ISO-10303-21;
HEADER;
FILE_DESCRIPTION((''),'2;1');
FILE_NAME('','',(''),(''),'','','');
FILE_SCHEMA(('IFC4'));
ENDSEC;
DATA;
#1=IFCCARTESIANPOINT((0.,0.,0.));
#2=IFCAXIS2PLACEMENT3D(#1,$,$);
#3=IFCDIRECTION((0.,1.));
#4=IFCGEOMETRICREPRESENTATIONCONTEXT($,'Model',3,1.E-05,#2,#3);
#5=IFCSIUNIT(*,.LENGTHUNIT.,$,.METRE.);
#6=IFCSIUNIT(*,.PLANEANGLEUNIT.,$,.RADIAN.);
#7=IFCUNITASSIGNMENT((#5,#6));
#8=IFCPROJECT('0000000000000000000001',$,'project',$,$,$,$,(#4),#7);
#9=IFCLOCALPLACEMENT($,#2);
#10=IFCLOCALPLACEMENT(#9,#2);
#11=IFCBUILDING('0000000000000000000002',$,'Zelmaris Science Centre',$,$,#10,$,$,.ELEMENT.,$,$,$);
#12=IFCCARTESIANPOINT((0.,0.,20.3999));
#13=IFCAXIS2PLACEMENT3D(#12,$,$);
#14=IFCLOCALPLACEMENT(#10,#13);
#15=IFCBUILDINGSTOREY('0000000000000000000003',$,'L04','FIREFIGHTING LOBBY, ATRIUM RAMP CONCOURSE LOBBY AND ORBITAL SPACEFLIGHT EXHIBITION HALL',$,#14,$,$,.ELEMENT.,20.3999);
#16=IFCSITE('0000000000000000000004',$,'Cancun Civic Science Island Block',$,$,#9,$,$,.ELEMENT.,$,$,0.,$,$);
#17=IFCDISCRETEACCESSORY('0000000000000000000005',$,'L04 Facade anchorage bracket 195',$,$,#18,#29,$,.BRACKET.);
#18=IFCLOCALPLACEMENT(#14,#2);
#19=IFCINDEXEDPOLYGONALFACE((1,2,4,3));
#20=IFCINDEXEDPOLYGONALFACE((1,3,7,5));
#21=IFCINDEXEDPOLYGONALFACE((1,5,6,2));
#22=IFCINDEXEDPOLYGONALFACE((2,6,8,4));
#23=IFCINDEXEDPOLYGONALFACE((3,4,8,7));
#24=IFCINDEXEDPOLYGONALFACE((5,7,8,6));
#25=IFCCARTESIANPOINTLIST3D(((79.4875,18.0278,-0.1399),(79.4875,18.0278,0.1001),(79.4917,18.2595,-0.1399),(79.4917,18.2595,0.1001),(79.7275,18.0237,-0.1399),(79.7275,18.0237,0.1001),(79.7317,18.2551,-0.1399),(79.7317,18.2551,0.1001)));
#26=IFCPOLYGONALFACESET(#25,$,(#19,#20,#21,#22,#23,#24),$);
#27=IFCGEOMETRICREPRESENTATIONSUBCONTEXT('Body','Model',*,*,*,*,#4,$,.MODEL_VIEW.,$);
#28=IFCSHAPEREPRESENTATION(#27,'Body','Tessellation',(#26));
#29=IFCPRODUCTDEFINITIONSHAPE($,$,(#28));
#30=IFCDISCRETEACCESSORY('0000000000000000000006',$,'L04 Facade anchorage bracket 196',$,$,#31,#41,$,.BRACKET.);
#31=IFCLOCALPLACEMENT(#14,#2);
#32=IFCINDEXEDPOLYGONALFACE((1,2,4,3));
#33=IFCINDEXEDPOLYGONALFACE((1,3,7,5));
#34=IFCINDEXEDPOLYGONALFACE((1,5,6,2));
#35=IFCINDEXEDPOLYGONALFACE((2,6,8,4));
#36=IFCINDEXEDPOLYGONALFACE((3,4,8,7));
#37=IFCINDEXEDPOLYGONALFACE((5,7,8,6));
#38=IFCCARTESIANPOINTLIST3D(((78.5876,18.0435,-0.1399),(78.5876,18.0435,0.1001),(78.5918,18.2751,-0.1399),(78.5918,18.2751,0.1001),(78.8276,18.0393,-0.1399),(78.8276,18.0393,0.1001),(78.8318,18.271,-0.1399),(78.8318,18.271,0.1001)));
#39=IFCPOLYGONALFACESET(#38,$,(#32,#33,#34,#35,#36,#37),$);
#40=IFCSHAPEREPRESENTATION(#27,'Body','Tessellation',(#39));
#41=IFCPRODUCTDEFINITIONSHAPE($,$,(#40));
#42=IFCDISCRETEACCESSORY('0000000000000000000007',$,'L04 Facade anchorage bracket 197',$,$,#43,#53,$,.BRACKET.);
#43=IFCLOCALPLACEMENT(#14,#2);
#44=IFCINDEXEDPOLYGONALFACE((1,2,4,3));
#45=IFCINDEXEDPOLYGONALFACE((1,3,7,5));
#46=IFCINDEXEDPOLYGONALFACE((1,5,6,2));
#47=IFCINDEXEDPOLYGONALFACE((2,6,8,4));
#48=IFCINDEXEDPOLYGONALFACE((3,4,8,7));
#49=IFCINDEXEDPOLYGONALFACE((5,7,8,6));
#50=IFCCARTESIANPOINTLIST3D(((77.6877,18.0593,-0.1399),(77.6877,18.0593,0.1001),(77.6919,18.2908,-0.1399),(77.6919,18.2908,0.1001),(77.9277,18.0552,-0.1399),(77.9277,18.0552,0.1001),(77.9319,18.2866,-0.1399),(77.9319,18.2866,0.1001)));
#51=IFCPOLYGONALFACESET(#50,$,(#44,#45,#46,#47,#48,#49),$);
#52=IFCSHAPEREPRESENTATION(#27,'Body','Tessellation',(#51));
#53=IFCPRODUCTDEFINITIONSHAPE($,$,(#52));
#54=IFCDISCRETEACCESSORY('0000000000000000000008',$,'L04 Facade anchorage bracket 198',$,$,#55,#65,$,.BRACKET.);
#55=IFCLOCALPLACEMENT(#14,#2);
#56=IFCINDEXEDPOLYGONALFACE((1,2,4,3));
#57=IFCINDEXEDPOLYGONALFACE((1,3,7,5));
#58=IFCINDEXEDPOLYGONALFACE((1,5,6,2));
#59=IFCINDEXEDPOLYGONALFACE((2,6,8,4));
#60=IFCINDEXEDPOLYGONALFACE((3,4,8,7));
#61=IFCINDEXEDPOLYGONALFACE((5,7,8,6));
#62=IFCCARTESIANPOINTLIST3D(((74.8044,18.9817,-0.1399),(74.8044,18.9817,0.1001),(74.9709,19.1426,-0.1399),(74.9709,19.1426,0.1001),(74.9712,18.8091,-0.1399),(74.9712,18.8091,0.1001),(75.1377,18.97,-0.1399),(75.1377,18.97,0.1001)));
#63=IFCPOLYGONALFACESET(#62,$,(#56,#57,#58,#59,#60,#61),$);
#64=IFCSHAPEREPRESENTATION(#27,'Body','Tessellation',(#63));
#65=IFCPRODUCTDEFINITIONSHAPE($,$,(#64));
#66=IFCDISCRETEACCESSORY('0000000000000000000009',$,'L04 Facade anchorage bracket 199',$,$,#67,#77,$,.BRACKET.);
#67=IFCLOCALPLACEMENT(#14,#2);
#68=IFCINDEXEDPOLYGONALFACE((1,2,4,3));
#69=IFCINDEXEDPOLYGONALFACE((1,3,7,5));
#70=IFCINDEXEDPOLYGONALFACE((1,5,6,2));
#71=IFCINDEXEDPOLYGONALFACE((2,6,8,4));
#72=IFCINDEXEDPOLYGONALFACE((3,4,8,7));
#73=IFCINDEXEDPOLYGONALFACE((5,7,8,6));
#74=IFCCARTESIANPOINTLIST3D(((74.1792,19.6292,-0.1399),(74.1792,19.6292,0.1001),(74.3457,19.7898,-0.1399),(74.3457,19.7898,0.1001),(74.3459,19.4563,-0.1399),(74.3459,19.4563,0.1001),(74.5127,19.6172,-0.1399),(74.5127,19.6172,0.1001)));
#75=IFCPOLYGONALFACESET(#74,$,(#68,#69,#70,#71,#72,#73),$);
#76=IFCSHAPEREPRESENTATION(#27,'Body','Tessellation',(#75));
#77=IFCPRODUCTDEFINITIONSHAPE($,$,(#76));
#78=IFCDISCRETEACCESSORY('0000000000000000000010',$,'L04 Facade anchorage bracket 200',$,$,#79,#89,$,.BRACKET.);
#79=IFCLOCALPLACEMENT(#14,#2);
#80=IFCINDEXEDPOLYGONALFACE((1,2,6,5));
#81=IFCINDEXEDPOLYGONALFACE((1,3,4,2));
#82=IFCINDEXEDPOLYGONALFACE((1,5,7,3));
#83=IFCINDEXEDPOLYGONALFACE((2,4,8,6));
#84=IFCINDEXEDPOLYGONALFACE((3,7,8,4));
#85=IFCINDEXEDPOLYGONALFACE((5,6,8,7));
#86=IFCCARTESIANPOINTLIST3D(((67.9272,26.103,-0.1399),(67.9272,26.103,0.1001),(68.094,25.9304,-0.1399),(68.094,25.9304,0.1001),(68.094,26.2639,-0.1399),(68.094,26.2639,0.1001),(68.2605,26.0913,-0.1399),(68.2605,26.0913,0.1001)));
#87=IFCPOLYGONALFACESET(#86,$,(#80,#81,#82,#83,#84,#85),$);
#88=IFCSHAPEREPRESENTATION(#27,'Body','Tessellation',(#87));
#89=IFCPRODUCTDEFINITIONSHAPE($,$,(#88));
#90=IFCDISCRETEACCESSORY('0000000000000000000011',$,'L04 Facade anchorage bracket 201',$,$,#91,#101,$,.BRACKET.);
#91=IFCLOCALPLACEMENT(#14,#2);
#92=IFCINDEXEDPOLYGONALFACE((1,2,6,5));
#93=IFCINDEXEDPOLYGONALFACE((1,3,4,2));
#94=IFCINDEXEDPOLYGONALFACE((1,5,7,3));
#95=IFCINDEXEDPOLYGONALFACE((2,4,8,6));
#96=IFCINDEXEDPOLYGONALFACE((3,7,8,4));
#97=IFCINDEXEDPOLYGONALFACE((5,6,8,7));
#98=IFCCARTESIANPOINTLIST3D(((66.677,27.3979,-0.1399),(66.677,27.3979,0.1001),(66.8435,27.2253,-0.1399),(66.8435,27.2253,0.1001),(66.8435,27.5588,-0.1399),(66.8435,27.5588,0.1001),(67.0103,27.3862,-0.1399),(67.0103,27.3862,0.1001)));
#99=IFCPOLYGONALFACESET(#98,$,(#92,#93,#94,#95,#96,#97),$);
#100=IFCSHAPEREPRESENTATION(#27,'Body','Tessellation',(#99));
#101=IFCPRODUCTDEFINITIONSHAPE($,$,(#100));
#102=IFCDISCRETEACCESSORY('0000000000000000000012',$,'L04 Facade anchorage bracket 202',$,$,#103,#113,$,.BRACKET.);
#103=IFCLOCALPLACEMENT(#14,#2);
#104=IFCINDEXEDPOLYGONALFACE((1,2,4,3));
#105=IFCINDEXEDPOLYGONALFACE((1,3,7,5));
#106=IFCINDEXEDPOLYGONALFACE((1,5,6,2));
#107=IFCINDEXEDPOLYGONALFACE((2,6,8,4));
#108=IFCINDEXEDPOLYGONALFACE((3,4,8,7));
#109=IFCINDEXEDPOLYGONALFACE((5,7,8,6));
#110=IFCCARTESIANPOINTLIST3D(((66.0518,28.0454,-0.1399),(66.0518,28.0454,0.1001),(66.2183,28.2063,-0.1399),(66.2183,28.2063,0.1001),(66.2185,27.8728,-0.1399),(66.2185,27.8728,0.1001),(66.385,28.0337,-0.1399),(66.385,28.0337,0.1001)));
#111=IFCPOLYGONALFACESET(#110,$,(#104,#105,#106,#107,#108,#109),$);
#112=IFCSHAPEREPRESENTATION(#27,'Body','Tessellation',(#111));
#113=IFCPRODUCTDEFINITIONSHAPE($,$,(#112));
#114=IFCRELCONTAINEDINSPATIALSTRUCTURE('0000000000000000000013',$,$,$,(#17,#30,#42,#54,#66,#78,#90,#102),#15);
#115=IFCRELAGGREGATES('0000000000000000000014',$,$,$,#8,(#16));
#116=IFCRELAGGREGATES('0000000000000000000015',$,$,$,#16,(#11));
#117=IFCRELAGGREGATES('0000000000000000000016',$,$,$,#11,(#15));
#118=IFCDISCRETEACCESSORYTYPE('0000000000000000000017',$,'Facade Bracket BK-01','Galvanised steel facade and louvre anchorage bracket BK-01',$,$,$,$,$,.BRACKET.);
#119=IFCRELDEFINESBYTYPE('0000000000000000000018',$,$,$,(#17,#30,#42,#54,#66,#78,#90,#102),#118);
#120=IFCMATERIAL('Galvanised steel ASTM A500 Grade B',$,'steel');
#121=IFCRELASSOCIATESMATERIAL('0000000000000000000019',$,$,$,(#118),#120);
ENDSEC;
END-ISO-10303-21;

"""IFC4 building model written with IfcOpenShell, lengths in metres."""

from ifc_helpers import new_model, si_unit, direction, frame, origin, place, context, subcontext, project, spatial, polyline, outline, extrude, material, type_object, element, save


model = new_model("IFC4")

# Units and contexts
model_context = context("Model", 3, precision=1e-05, world=origin(), true_north=direction((0.0, 1.0)))
body_context = subcontext(model_context, "Body", "Model", "MODEL_VIEW")
ifc_project = project(units=[si_unit("LENGTHUNIT", "METRE"), si_unit("PLANEANGLEUNIT", "RADIAN")], contexts=[model_context])

# Site, building, storey
site_placement = place(None, origin())
site = spatial("IfcSite", under=ifc_project, at=site_placement, Name="Cancun Civic Science Island Block", CompositionType="ELEMENT", RefElevation=0.0)
building_placement = place(site_placement, origin())
building = spatial("IfcBuilding", under=site, at=building_placement, Name="Zelmaris Science Centre", CompositionType="ELEMENT")
storey_placement = place(building_placement, frame((0.0, 0.0, 20.3999)))
storey = spatial("IfcBuildingStorey", under=building, at=storey_placement, Name="L04", Description="FIREFIGHTING LOBBY, ATRIUM RAMP CONCOURSE LOBBY AND ORBITAL SPACEFLIGHT EXHIBITION HALL", CompositionType="ELEMENT", Elevation=20.3999)

# Discrete accessories
ifc_material = material(Name="Galvanised steel ASTM A500 Grade B", Category="steel")
discrete_accessory_type = type_object("IfcDiscreteAccessoryType", Name="Facade Bracket BK-01", Description="Galvanised steel facade and louvre anchorage bracket BK-01", PredefinedType="BRACKET", material=ifc_material)
discrete_accessory_1_placement = place(storey_placement, frame((0.0, 0.0, -0.1399)))
element("IfcDiscreteAccessory", 1, at=discrete_accessory_1_placement, inside=storey, type_object=discrete_accessory_type, Name="L04 Facade anchorage bracket 195", PredefinedType="BRACKET", context=body_context, shape_type="SweptSolid", body=[
    extrude(outline(polyline([(79.7317, 18.2551), (79.4917, 18.2595), (79.4875, 18.0278), (79.7275, 18.0237), (79.7317, 18.2551)])), origin(), (0.0, 0.0, 1.0), 0.24),
])
discrete_accessory_2_placement = place(storey_placement, frame((0.0, 0.0, -0.1399)))
element("IfcDiscreteAccessory", 2, at=discrete_accessory_2_placement, inside=storey, type_object=discrete_accessory_type, Name="L04 Facade anchorage bracket 196", PredefinedType="BRACKET", context=body_context, shape_type="SweptSolid", body=[
    extrude(outline(polyline([(78.8318, 18.271), (78.5918, 18.2751), (78.5876, 18.0435), (78.8276, 18.0393), (78.8318, 18.271)])), origin(), (0.0, 0.0, 1.0), 0.24),
])
discrete_accessory_3_placement = place(storey_placement, frame((0.0, 0.0, -0.1399)))
element("IfcDiscreteAccessory", 3, at=discrete_accessory_3_placement, inside=storey, type_object=discrete_accessory_type, Name="L04 Facade anchorage bracket 197", PredefinedType="BRACKET", context=body_context, shape_type="SweptSolid", body=[
    extrude(outline(polyline([(77.9319, 18.2866), (77.6919, 18.2908), (77.6877, 18.0593), (77.9277, 18.0552), (77.9319, 18.2866)])), origin(), (0.0, 0.0, 1.0), 0.24),
])
discrete_accessory_4_placement = place(storey_placement, frame((0.0, 0.0, -0.1399)))
element("IfcDiscreteAccessory", 4, at=discrete_accessory_4_placement, inside=storey, type_object=discrete_accessory_type, Name="L04 Facade anchorage bracket 198", PredefinedType="BRACKET", context=body_context, shape_type="SweptSolid", body=[
    extrude(outline(polyline([(75.1377, 18.97), (74.9709, 19.1426), (74.8044, 18.9817), (74.9712, 18.8091), (75.1377, 18.97)])), origin(), (0.0, 0.0, 1.0), 0.24),
])
discrete_accessory_5_placement = place(storey_placement, frame((0.0, 0.0, -0.1399)))
element("IfcDiscreteAccessory", 5, at=discrete_accessory_5_placement, inside=storey, type_object=discrete_accessory_type, Name="L04 Facade anchorage bracket 199", PredefinedType="BRACKET", context=body_context, shape_type="SweptSolid", body=[
    extrude(outline(polyline([(74.5127, 19.6172), (74.3457, 19.7898), (74.1792, 19.6292), (74.3459, 19.4563), (74.5127, 19.6172)])), origin(), (0.0, 0.0, 1.0), 0.24),
])
discrete_accessory_6_placement = place(storey_placement, frame((0.0, 0.0, -0.1399)))
element("IfcDiscreteAccessory", 6, at=discrete_accessory_6_placement, inside=storey, type_object=discrete_accessory_type, Name="L04 Facade anchorage bracket 200", PredefinedType="BRACKET", context=body_context, shape_type="SweptSolid", body=[
    extrude(outline(polyline([(68.2605, 26.0913), (68.094, 26.2639), (67.9272, 26.103), (68.094, 25.9304), (68.2605, 26.0913)])), origin(), (0.0, 0.0, 1.0), 0.24),
])
discrete_accessory_7_placement = place(storey_placement, frame((0.0, 0.0, -0.1399)))
element("IfcDiscreteAccessory", 7, at=discrete_accessory_7_placement, inside=storey, type_object=discrete_accessory_type, Name="L04 Facade anchorage bracket 201", PredefinedType="BRACKET", context=body_context, shape_type="SweptSolid", body=[
    extrude(outline(polyline([(67.0103, 27.3862), (66.8435, 27.5588), (66.677, 27.3979), (66.8435, 27.2253), (67.0103, 27.3862)])), origin(), (0.0, 0.0, 1.0), 0.24),
])
discrete_accessory_8_placement = place(storey_placement, frame((0.0, 0.0, -0.1399)))
element("IfcDiscreteAccessory", 8, at=discrete_accessory_8_placement, inside=storey, type_object=discrete_accessory_type, Name="L04 Facade anchorage bracket 202", PredefinedType="BRACKET", context=body_context, shape_type="SweptSolid", body=[
    extrude(outline(polyline([(66.385, 28.0337), (66.2183, 28.2063), (66.0518, 28.0454), (66.2185, 27.8728), (66.385, 28.0337)])), origin(), (0.0, 0.0, 1.0), 0.24),
])

save(model, "model.ifc")
